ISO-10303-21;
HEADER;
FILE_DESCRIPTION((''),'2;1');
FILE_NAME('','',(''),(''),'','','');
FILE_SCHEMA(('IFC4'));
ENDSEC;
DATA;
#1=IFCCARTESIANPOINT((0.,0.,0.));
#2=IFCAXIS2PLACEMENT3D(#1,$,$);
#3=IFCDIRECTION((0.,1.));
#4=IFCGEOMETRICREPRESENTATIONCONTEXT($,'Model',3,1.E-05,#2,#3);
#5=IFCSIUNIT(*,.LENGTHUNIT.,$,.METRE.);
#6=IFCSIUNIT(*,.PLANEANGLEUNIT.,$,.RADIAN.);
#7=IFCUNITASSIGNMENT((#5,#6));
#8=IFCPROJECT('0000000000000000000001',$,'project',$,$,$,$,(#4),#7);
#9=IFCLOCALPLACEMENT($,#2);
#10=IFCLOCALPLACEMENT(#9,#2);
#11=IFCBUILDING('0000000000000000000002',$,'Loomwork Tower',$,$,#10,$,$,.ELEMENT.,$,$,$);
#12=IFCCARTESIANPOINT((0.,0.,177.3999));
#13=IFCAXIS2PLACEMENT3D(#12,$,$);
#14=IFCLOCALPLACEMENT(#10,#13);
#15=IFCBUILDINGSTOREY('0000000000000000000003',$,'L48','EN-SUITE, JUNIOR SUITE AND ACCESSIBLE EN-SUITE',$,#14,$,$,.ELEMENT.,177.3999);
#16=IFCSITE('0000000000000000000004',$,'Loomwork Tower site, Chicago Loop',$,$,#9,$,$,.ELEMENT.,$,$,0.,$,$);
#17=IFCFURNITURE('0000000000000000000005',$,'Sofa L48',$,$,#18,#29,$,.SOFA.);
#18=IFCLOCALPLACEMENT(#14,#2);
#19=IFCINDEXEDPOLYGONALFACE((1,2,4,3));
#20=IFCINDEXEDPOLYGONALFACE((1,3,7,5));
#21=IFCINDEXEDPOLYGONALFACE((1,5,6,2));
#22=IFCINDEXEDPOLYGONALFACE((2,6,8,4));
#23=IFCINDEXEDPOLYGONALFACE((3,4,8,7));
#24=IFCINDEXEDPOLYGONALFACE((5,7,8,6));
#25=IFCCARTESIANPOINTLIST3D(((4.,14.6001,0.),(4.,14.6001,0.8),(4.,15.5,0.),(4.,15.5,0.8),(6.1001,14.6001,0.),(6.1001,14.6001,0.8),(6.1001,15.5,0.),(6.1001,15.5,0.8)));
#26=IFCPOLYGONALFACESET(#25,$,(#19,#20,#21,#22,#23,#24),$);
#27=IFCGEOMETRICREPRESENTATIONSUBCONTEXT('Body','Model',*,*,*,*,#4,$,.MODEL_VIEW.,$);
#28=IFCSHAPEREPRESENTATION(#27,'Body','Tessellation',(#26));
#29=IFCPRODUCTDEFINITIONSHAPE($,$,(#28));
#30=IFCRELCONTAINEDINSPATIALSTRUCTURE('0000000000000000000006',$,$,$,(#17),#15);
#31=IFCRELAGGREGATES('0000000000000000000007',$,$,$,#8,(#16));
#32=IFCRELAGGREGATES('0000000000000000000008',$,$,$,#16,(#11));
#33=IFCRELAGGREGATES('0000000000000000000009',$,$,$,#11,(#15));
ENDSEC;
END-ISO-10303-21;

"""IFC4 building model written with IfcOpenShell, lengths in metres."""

from ifc_helpers import new_model, si_unit, direction, frame, origin, origin_2d, place, context, subcontext, project, spatial, rectangle, extrude, element, save


model = new_model("IFC4")

# Units and contexts
model_context = context("Model", 3, precision=1e-05, world=origin(), true_north=direction((0.0, 1.0)))
body_context = subcontext(model_context, "Body", "Model", "MODEL_VIEW")
ifc_project = project(units=[si_unit("LENGTHUNIT", "METRE"), si_unit("PLANEANGLEUNIT", "RADIAN")], contexts=[model_context])

# Site, building, storey
site_placement = place(None, origin())
site = spatial("IfcSite", under=ifc_project, at=site_placement, Name="Loomwork Tower site, Chicago Loop", CompositionType="ELEMENT", RefElevation=0.0)
building_placement = place(site_placement, origin())
building = spatial("IfcBuilding", under=site, at=building_placement, Name="Loomwork Tower", CompositionType="ELEMENT")
storey_placement = place(building_placement, frame((0.0, 0.0, 177.3999)))
storey = spatial("IfcBuildingStorey", under=building, at=storey_placement, Name="L48", Description="EN-SUITE, JUNIOR SUITE AND ACCESSIBLE EN-SUITE", CompositionType="ELEMENT", Elevation=177.3999)

# Furniture
furniture_1_placement = place(storey_placement, frame((5.05, 15.05, 0.0), z_axis=(0.0, 0.0, 1.0), x_axis=(1.0, 0.0, 0.0)))
element("IfcFurniture", 1, at=furniture_1_placement, inside=storey, Name="Sofa L48", PredefinedType="SOFA", context=body_context, shape_type="SweptSolid", body=[
    extrude(rectangle(XDim=2.1001, YDim=0.8999, at=origin_2d()), origin(), (0.0, 0.0, 1.0), 0.8),
])

save(model, "model.ifc")
